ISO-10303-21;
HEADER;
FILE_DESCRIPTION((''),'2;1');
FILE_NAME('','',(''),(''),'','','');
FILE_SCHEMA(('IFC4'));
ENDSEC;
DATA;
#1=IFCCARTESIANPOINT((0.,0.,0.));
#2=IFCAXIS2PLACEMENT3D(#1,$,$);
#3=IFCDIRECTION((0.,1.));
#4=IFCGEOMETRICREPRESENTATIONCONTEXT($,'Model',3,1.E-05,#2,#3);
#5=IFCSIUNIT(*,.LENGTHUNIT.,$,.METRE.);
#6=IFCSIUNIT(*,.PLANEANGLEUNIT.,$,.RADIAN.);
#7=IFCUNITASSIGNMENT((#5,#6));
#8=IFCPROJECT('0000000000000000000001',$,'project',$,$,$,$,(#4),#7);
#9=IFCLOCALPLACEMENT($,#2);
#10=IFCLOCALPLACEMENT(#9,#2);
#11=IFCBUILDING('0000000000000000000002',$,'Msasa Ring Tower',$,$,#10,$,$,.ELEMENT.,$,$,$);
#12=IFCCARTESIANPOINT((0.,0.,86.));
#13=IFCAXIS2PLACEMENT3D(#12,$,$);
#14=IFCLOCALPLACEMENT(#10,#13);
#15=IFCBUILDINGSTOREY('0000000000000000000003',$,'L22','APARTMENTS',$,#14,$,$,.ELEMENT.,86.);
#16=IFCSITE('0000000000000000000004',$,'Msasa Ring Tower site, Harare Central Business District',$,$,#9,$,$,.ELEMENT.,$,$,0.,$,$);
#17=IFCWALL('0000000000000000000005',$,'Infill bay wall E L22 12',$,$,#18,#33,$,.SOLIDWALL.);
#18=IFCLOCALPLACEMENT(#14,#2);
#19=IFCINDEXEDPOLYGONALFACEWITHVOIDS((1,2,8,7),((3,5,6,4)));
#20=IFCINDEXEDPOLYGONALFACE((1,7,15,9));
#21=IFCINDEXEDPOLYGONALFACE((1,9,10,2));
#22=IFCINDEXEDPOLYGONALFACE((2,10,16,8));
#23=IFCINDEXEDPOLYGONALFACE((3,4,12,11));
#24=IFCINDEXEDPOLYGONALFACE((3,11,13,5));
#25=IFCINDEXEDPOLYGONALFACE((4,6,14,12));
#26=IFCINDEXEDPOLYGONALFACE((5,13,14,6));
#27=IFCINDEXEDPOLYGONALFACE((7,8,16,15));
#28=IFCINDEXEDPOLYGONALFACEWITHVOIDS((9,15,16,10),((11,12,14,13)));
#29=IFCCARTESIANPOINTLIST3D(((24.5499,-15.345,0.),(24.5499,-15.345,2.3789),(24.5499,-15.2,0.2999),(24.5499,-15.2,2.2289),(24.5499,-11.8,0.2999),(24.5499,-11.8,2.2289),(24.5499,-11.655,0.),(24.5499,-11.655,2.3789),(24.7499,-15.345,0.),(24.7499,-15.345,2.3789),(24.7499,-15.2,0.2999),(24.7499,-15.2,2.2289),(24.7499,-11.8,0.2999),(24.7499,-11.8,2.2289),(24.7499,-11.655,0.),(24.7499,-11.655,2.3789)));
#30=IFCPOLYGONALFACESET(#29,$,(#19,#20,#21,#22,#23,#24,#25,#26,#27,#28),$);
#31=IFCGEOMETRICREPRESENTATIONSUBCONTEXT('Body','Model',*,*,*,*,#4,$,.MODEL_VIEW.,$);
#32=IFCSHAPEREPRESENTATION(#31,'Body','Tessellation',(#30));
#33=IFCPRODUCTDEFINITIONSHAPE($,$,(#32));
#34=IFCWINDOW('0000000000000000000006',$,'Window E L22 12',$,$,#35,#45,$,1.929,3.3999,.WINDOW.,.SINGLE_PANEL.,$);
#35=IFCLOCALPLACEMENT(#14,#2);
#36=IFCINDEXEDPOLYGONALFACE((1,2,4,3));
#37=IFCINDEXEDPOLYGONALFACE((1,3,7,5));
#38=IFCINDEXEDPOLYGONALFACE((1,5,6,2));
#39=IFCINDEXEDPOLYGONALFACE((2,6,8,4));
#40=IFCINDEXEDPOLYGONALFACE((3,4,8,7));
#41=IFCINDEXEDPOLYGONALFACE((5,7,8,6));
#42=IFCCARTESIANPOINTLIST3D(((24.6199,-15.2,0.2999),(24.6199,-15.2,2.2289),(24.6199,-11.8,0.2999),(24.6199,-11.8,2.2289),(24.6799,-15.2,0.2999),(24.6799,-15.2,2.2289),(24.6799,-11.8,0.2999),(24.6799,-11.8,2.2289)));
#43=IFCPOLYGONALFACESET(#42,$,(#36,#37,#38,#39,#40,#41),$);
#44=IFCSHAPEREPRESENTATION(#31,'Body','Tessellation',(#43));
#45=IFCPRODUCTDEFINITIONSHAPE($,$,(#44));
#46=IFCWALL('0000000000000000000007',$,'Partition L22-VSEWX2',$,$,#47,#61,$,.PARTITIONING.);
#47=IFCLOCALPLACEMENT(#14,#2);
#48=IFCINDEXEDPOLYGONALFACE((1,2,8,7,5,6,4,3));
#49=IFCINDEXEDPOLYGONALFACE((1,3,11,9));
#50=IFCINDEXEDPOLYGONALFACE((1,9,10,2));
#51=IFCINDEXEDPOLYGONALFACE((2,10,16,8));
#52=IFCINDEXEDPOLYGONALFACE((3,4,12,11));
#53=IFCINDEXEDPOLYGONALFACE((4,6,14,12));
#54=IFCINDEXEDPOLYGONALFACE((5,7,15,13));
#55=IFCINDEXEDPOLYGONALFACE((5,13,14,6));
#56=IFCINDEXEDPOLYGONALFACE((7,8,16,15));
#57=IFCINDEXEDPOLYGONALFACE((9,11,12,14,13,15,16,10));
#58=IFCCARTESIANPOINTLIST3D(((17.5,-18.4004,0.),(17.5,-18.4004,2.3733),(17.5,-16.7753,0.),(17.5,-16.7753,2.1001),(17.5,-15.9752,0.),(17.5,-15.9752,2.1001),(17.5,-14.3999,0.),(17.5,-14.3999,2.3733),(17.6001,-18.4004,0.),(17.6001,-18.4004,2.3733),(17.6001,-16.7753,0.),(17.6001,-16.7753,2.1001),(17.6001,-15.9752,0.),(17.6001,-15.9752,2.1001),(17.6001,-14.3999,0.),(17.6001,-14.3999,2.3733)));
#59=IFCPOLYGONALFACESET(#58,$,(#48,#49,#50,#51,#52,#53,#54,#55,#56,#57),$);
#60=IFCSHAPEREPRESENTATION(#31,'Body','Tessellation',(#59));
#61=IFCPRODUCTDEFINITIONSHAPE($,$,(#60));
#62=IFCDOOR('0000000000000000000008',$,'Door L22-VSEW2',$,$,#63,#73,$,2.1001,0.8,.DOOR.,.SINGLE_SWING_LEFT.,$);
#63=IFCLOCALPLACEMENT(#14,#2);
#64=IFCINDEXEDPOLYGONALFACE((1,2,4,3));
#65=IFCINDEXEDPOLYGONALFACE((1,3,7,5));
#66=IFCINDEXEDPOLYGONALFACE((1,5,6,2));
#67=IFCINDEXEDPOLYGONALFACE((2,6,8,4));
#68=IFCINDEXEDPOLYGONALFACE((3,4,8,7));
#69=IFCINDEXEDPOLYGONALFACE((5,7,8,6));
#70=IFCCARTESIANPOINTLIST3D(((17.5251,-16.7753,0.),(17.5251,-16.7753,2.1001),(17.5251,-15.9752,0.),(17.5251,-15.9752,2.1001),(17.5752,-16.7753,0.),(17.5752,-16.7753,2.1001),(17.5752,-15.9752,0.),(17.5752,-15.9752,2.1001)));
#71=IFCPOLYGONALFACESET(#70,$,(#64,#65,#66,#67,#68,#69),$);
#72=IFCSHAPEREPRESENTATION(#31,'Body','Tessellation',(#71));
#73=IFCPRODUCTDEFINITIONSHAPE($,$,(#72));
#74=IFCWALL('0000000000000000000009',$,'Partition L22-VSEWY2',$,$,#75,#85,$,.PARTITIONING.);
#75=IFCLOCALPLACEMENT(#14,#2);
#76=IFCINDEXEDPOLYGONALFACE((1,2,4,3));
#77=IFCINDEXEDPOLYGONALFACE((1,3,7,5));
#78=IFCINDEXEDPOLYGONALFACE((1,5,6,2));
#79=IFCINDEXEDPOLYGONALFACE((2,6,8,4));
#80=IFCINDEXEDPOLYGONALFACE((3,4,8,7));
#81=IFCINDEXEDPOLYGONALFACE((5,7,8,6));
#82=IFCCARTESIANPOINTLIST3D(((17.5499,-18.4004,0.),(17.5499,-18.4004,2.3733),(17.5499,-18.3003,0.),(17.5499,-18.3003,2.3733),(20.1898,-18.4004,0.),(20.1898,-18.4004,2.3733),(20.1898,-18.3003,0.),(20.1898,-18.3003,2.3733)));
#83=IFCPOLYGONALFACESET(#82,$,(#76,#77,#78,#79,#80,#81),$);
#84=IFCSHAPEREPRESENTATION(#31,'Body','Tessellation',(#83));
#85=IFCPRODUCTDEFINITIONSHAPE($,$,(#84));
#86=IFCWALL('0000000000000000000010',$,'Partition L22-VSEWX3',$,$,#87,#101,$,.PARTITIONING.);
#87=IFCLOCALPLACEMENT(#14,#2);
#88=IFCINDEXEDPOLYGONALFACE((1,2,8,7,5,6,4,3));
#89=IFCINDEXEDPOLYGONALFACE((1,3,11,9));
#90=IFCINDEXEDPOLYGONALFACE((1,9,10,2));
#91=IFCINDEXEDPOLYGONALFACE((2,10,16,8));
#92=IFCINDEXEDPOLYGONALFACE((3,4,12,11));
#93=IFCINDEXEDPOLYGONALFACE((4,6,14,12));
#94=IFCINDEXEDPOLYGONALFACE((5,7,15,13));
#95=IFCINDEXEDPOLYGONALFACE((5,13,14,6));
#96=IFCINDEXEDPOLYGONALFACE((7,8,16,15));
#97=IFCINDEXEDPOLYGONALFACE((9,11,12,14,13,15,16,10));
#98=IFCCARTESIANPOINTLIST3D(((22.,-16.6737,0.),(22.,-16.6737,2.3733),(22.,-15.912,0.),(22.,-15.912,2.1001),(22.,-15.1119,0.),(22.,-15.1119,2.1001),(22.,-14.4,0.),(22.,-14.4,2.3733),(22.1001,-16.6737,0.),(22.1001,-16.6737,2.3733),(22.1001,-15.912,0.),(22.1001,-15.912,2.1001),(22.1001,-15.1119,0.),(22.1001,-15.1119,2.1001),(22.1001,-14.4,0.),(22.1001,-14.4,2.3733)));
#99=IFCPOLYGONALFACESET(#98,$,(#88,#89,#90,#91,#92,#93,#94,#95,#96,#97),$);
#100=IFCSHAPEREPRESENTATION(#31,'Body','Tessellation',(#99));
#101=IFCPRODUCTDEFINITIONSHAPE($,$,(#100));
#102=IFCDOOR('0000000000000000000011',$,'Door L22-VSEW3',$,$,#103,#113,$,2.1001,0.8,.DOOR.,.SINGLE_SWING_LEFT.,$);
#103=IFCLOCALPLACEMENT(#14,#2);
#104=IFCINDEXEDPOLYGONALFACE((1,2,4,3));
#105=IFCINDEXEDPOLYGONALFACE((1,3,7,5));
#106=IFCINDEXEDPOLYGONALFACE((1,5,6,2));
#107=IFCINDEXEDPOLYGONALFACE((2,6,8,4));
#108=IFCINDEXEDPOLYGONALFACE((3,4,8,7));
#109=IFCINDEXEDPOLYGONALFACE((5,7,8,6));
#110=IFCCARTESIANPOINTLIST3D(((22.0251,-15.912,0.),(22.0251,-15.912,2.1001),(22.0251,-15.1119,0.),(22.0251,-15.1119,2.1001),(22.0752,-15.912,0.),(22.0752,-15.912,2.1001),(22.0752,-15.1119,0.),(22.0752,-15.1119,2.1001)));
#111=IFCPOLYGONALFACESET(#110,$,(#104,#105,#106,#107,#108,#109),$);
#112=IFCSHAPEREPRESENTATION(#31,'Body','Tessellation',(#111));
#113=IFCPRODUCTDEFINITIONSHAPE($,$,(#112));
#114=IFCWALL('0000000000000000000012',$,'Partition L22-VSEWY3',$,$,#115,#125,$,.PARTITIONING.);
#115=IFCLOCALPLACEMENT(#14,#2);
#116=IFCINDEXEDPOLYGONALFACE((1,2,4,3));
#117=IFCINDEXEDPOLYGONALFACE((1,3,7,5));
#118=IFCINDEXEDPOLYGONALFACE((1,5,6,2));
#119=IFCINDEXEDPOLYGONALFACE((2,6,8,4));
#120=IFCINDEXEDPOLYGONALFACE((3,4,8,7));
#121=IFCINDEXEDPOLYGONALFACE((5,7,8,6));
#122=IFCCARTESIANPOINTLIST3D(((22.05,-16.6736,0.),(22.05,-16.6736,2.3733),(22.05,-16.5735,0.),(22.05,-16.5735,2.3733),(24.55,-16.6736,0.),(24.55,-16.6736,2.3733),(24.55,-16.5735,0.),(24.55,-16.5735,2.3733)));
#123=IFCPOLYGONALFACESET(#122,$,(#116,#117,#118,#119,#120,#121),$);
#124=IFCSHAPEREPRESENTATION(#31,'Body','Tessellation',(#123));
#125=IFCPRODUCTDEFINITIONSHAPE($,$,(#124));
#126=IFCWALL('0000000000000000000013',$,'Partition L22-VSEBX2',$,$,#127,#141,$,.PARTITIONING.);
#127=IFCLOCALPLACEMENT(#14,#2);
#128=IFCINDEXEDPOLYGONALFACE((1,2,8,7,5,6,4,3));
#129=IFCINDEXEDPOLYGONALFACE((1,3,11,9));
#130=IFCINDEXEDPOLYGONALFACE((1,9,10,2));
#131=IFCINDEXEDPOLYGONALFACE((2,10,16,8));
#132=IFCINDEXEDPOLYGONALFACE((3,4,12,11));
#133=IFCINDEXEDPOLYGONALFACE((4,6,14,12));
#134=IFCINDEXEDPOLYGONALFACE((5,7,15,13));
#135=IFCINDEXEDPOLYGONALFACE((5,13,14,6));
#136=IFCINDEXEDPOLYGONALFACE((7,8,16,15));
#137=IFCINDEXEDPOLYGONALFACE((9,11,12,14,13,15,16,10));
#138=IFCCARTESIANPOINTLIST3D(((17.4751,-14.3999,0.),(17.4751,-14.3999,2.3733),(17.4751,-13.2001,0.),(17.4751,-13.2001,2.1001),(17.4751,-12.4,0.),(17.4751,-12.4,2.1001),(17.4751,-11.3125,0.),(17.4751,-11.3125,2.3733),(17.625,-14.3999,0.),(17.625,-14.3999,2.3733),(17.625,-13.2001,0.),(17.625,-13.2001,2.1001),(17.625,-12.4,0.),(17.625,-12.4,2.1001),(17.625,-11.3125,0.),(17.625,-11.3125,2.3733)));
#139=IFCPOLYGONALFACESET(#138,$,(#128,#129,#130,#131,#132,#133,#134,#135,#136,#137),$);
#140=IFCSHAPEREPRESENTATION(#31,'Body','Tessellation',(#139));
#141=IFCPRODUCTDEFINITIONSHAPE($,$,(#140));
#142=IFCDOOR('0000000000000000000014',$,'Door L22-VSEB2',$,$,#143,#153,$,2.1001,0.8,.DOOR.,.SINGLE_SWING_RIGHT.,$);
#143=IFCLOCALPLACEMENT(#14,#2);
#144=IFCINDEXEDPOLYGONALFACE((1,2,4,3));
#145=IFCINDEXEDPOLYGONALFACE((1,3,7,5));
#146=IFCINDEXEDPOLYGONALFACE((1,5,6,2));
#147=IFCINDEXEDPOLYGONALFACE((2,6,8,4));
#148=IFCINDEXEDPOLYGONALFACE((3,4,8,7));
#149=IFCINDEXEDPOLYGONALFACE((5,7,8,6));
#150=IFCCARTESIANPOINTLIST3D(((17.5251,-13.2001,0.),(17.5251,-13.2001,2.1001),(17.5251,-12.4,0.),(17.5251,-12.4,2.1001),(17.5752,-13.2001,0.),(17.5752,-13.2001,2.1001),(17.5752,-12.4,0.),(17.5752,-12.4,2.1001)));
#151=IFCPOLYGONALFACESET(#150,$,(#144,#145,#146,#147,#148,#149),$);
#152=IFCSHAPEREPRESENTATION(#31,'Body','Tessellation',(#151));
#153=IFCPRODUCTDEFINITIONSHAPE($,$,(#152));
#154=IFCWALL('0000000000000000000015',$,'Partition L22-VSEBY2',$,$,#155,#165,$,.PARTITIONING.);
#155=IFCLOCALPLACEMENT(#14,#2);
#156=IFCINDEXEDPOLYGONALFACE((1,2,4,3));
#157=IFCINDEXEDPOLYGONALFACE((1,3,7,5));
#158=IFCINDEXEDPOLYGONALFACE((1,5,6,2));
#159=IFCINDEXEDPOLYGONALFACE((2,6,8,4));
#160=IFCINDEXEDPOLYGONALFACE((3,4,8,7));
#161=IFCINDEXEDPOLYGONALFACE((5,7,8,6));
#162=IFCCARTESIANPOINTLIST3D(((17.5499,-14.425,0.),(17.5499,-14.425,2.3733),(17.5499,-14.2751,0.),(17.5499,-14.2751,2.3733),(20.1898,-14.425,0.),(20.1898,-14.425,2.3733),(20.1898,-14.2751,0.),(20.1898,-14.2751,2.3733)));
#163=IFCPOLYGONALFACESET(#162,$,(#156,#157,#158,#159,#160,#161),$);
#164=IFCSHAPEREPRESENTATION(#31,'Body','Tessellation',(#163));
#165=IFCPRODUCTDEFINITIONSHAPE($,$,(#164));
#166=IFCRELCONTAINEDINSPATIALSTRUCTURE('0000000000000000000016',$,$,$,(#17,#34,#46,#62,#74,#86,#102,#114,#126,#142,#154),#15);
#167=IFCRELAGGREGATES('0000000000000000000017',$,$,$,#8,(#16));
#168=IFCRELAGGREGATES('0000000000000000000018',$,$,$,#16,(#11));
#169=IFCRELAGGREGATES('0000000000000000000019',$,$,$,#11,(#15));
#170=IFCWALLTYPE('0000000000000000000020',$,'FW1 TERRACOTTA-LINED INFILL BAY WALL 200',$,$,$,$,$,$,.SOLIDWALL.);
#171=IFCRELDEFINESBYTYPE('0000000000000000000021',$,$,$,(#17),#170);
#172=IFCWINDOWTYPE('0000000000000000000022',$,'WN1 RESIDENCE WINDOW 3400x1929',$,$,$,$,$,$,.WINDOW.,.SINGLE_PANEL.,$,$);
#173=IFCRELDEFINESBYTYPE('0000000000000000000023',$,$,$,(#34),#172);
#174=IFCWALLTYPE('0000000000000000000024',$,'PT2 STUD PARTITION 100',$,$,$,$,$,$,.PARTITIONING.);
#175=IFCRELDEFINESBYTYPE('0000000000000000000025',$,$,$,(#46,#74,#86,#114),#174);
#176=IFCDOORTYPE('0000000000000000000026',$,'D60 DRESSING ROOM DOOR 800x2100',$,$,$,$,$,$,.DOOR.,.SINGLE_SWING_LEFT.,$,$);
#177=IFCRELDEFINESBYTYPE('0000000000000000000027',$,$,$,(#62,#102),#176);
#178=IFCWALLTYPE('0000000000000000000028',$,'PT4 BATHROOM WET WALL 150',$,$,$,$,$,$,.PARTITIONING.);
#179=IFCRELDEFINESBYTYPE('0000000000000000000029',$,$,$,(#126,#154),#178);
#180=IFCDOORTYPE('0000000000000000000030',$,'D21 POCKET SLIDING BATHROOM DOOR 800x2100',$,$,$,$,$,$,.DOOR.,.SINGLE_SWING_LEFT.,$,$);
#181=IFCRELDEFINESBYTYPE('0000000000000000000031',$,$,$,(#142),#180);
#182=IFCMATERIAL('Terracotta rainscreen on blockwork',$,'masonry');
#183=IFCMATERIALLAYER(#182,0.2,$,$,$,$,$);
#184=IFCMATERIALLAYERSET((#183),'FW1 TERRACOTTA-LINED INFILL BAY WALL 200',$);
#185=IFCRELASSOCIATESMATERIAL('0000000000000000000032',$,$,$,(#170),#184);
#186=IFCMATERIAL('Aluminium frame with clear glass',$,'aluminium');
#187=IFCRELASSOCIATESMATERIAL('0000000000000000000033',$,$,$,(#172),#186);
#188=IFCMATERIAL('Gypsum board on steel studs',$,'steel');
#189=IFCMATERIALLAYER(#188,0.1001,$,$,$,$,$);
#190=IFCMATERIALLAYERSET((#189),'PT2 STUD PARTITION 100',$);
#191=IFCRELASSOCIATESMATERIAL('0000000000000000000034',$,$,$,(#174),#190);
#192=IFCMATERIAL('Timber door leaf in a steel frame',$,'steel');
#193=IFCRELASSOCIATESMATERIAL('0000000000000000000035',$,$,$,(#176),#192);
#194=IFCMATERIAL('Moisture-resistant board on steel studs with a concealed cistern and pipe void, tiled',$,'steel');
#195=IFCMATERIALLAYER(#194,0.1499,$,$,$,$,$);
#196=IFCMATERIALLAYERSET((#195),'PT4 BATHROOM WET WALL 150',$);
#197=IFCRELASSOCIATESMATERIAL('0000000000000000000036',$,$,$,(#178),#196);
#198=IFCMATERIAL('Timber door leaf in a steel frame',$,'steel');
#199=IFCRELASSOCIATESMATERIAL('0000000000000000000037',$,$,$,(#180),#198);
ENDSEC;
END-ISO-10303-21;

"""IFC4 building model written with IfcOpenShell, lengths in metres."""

from ifc_helpers import new_model, si_unit, direction, frame, frame_2d, origin, place, context, subcontext, project, spatial, rectangle, extrude, material, layer, layer_set, type_object, element, fill, save


model = new_model("IFC4")

# Units and contexts
model_context = context("Model", 3, precision=1e-05, world=origin(), true_north=direction((0.0, 1.0)))
body_context = subcontext(model_context, "Body", "Model", "MODEL_VIEW")
ifc_project = project(units=[si_unit("LENGTHUNIT", "METRE"), si_unit("PLANEANGLEUNIT", "RADIAN")], contexts=[model_context])

# Site, building, storey
site_placement = place(None, origin())
site = spatial("IfcSite", under=ifc_project, at=site_placement, Name="Msasa Ring Tower site, Harare Central Business District", CompositionType="ELEMENT", RefElevation=0.0)
building_placement = place(site_placement, origin())
building = spatial("IfcBuilding", under=site, at=building_placement, Name="Msasa Ring Tower", CompositionType="ELEMENT")
storey_placement = place(building_placement, frame((0.0, 0.0, 86.0)))
storey = spatial("IfcBuildingStorey", under=building, at=storey_placement, Name="L22", Description="APARTMENTS", CompositionType="ELEMENT", Elevation=86.0)

# Wall, opening, window
ifc_material_1 = material(Name="Terracotta rainscreen on blockwork", Category="masonry")
ifc_layer_1 = layer(ifc_material_1, 0.2)
ifc_layer_set_1 = layer_set([ifc_layer_1], Name="FW1 TERRACOTTA-LINED INFILL BAY WALL 200")
wall_type_1 = type_object("IfcWallType", Name="FW1 TERRACOTTA-LINED INFILL BAY WALL 200", PredefinedType="SOLIDWALL", material=ifc_layer_set_1)
ifc_material_2 = material(Name="Aluminium frame with clear glass", Category="aluminium")
window_type = type_object("IfcWindowType", Name="WN1 RESIDENCE WINDOW 3400x1929", PartitioningType="SINGLE_PANEL", PredefinedType="WINDOW", material=ifc_material_2)
wall_1_placement = place(storey_placement, frame((24.6499, -15.345, 0.0), z_axis=(0.0, 0.0, 1.0), x_axis=(0.0, 1.0, 0.0)))
wall_1 = element("IfcWall", 1, at=wall_1_placement, inside=storey, type_object=wall_type_1, Name="Infill bay wall E L22 12", PredefinedType="SOLIDWALL", context=body_context, shape_type="SweptSolid", body=[
    extrude(rectangle(XDim=3.6899, YDim=0.2, at=frame_2d((1.845, 0.0))), origin(), (0.0, 0.0, 1.0), 2.3789),
])
opening_1_placement = place(wall_1_placement, frame((0.145, 0.0, 0.3)))
opening_1 = element("IfcOpeningElement", 2, at=opening_1_placement, cuts=wall_1, PredefinedType="OPENING", context=body_context, shape_type="SweptSolid", body=[
    extrude(rectangle(XDim=3.3999, YDim=1.929, at=frame_2d((1.7, 0.9644))), frame((0.0, 0.1099, 0.0), z_axis=(0.0, -1.0, 0.0), x_axis=(1.0, 0.0, 0.0)), (0.0, 0.0, 1.0), 0.22),
])
window_1_placement = place(opening_1_placement, origin())
window_1 = element("IfcWindow", 3, at=window_1_placement, inside=storey, type_object=window_type, Name="Window E L22 12", OverallHeight=1.929, OverallWidth=3.3999, PartitioningType="SINGLE_PANEL", PredefinedType="WINDOW", context=body_context, shape_type="SweptSolid", body=[
    extrude(rectangle(XDim=3.3999, YDim=1.929, at=frame_2d((1.7, 0.9644))), frame((0.0, 0.03, 0.0), z_axis=(0.0, -1.0, 0.0), x_axis=(1.0, 0.0, 0.0)), (0.0, 0.0, 1.0), 0.0601),
])
fill(opening_1, window_1)

# Wall, opening, door
ifc_material_3 = material(Name="Gypsum board on steel studs", Category="steel")
ifc_layer_2 = layer(ifc_material_3, 0.1001)
ifc_layer_set_2 = layer_set([ifc_layer_2], Name="PT2 STUD PARTITION 100")
wall_type_2 = type_object("IfcWallType", Name="PT2 STUD PARTITION 100", PredefinedType="PARTITIONING", material=ifc_layer_set_2)
wall_2_placement = place(storey_placement, frame((17.55, -18.4004, 0.0), z_axis=(0.0, 0.0, 1.0), x_axis=(0.0, 1.0, 0.0)))
wall_2 = element("IfcWall", 4, at=wall_2_placement, inside=storey, type_object=wall_type_2, Name="Partition L22-VSEWX2", PredefinedType="PARTITIONING", context=body_context, shape_type="SweptSolid", body=[
    extrude(rectangle(XDim=4.0005, YDim=0.1001, at=frame_2d((2.0002, 0.0))), origin(), (0.0, 0.0, 1.0), 2.3733),
])
opening_2_placement = place(wall_2_placement, frame((1.6252, 0.0, 0.0)))
opening_2 = element("IfcOpeningElement", 5, at=opening_2_placement, cuts=wall_2, PredefinedType="OPENING", context=body_context, shape_type="SweptSolid", body=[
    extrude(rectangle(XDim=0.8, YDim=2.1001, at=frame_2d((0.3999, 1.05))), frame((0.0, 0.0601, 0.0), z_axis=(0.0, -1.0, 0.0), x_axis=(1.0, 0.0, 0.0)), (0.0, 0.0, 1.0), 0.1201),
])
ifc_material_4 = material(Name="Timber door leaf in a steel frame", Category="steel")
door_type_1 = type_object("IfcDoorType", Name="D60 DRESSING ROOM DOOR 800x2100", OperationType="SINGLE_SWING_LEFT", PredefinedType="DOOR", material=ifc_material_4)
door_1_placement = place(opening_2_placement, origin())
door_1 = element("IfcDoor", 6, at=door_1_placement, inside=storey, type_object=door_type_1, Name="Door L22-VSEW2", OperationType="SINGLE_SWING_LEFT", OverallHeight=2.1001, OverallWidth=0.8, PredefinedType="DOOR", context=body_context, shape_type="SweptSolid", body=[
    extrude(rectangle(XDim=0.8, YDim=2.1001, at=frame_2d((0.3999, 1.05))), frame((0.0, 0.0249, 0.0), z_axis=(0.0, -1.0, 0.0), x_axis=(1.0, 0.0, 0.0)), (0.0, 0.0, 1.0), 0.05),
])
fill(opening_2, door_1)

# Wall
wall_3_placement = place(storey_placement, frame((17.55, -18.3503, 0.0), z_axis=(0.0, 0.0, 1.0), x_axis=(1.0, 0.0, 0.0)))
element("IfcWall", 7, at=wall_3_placement, inside=storey, type_object=wall_type_2, Name="Partition L22-VSEWY2", PredefinedType="PARTITIONING", context=body_context, shape_type="SweptSolid", body=[
    extrude(rectangle(XDim=2.6399, YDim=0.1001, at=frame_2d((1.3198, 0.0))), origin(), (0.0, 0.0, 1.0), 2.3733),
])

# Wall, opening, door
wall_4_placement = place(storey_placement, frame((22.05, -16.6736, 0.0), z_axis=(0.0, 0.0, 1.0), x_axis=(0.0, 1.0, 0.0)))
wall_4 = element("IfcWall", 8, at=wall_4_placement, inside=storey, type_object=wall_type_2, Name="Partition L22-VSEWX3", PredefinedType="PARTITIONING", context=body_context, shape_type="SweptSolid", body=[
    extrude(rectangle(XDim=2.2737, YDim=0.1001, at=frame_2d((1.1367, 0.0))), origin(), (0.0, 0.0, 1.0), 2.3733),
])
opening_3_placement = place(wall_4_placement, frame((0.7617, 0.0, 0.0)))
opening_3 = element("IfcOpeningElement", 9, at=opening_3_placement, cuts=wall_4, PredefinedType="OPENING", context=body_context, shape_type="SweptSolid", body=[
    extrude(rectangle(XDim=0.8, YDim=2.1001, at=frame_2d((0.3999, 1.05))), frame((0.0, 0.0601, 0.0), z_axis=(0.0, -1.0, 0.0), x_axis=(1.0, 0.0, 0.0)), (0.0, 0.0, 1.0), 0.1201),
])
door_2_placement = place(opening_3_placement, origin())
door_2 = element("IfcDoor", 10, at=door_2_placement, inside=storey, type_object=door_type_1, Name="Door L22-VSEW3", OperationType="SINGLE_SWING_LEFT", OverallHeight=2.1001, OverallWidth=0.8, PredefinedType="DOOR", context=body_context, shape_type="SweptSolid", body=[
    extrude(rectangle(XDim=0.8, YDim=2.1001, at=frame_2d((0.3999, 1.05))), frame((0.0, 0.0249, 0.0), z_axis=(0.0, -1.0, 0.0), x_axis=(1.0, 0.0, 0.0)), (0.0, 0.0, 1.0), 0.05),
])
fill(opening_3, door_2)

# Wall
wall_5_placement = place(storey_placement, frame((22.05, -16.6235, 0.0), z_axis=(0.0, 0.0, 1.0), x_axis=(1.0, 0.0, 0.0)))
element("IfcWall", 11, at=wall_5_placement, inside=storey, type_object=wall_type_2, Name="Partition L22-VSEWY3", PredefinedType="PARTITIONING", context=body_context, shape_type="SweptSolid", body=[
    extrude(rectangle(XDim=2.5, YDim=0.1001, at=frame_2d((1.25, 0.0))), origin(), (0.0, 0.0, 1.0), 2.3733),
])

# Wall, opening, door
ifc_material_5 = material(Name="Moisture-resistant board on steel studs with a concealed cistern and pipe void, tiled", Category="steel")
ifc_layer_3 = layer(ifc_material_5, 0.1499)
ifc_layer_set_3 = layer_set([ifc_layer_3], Name="PT4 BATHROOM WET WALL 150")
wall_type_3 = type_object("IfcWallType", Name="PT4 BATHROOM WET WALL 150", PredefinedType="PARTITIONING", material=ifc_layer_set_3)
wall_6_placement = place(storey_placement, frame((17.55, -14.3999, 0.0), z_axis=(0.0, 0.0, 1.0), x_axis=(0.0, 1.0, 0.0)))
wall_6 = element("IfcWall", 12, at=wall_6_placement, inside=storey, type_object=wall_type_3, Name="Partition L22-VSEBX2", PredefinedType="PARTITIONING", context=body_context, shape_type="SweptSolid", body=[
    extrude(rectangle(XDim=3.0874, YDim=0.1499, at=frame_2d((1.5437, 0.0))), origin(), (0.0, 0.0, 1.0), 2.3733),
])
opening_4_placement = place(wall_6_placement, frame((1.2, 0.0, 0.0)))
opening_4 = element("IfcOpeningElement", 13, at=opening_4_placement, cuts=wall_6, PredefinedType="OPENING", context=body_context, shape_type="SweptSolid", body=[
    extrude(rectangle(XDim=0.8, YDim=2.1001, at=frame_2d((0.3999, 1.05))), frame((0.0, 0.085, 0.0), z_axis=(0.0, -1.0, 0.0), x_axis=(1.0, 0.0, 0.0)), (0.0, 0.0, 1.0), 0.1699),
])
ifc_material_6 = material(Name="Timber door leaf in a steel frame", Category="steel")
door_type_2 = type_object("IfcDoorType", Name="D21 POCKET SLIDING BATHROOM DOOR 800x2100", OperationType="SINGLE_SWING_LEFT", PredefinedType="DOOR", material=ifc_material_6)
door_3_placement = place(opening_4_placement, origin())
door_3 = element("IfcDoor", 14, at=door_3_placement, inside=storey, type_object=door_type_2, Name="Door L22-VSEB2", OperationType="SINGLE_SWING_RIGHT", OverallHeight=2.1001, OverallWidth=0.8, PredefinedType="DOOR", context=body_context, shape_type="SweptSolid", body=[
    extrude(rectangle(XDim=0.8, YDim=2.1001, at=frame_2d((0.3999, 1.05))), frame((0.0, 0.0249, 0.0), z_axis=(0.0, -1.0, 0.0), x_axis=(1.0, 0.0, 0.0)), (0.0, 0.0, 1.0), 0.05),
])
fill(opening_4, door_3)

# Wall
wall_7_placement = place(storey_placement, frame((17.55, -14.3501, 0.0), z_axis=(0.0, 0.0, 1.0), x_axis=(1.0, 0.0, 0.0)))
element("IfcWall", 15, at=wall_7_placement, inside=storey, type_object=wall_type_3, Name="Partition L22-VSEBY2", PredefinedType="PARTITIONING", context=body_context, shape_type="SweptSolid", body=[
    extrude(rectangle(XDim=2.6399, YDim=0.1499, at=frame_2d((1.3198, 0.0))), origin(), (0.0, 0.0, 1.0), 2.3733),
])

save(model, "model.ifc")
